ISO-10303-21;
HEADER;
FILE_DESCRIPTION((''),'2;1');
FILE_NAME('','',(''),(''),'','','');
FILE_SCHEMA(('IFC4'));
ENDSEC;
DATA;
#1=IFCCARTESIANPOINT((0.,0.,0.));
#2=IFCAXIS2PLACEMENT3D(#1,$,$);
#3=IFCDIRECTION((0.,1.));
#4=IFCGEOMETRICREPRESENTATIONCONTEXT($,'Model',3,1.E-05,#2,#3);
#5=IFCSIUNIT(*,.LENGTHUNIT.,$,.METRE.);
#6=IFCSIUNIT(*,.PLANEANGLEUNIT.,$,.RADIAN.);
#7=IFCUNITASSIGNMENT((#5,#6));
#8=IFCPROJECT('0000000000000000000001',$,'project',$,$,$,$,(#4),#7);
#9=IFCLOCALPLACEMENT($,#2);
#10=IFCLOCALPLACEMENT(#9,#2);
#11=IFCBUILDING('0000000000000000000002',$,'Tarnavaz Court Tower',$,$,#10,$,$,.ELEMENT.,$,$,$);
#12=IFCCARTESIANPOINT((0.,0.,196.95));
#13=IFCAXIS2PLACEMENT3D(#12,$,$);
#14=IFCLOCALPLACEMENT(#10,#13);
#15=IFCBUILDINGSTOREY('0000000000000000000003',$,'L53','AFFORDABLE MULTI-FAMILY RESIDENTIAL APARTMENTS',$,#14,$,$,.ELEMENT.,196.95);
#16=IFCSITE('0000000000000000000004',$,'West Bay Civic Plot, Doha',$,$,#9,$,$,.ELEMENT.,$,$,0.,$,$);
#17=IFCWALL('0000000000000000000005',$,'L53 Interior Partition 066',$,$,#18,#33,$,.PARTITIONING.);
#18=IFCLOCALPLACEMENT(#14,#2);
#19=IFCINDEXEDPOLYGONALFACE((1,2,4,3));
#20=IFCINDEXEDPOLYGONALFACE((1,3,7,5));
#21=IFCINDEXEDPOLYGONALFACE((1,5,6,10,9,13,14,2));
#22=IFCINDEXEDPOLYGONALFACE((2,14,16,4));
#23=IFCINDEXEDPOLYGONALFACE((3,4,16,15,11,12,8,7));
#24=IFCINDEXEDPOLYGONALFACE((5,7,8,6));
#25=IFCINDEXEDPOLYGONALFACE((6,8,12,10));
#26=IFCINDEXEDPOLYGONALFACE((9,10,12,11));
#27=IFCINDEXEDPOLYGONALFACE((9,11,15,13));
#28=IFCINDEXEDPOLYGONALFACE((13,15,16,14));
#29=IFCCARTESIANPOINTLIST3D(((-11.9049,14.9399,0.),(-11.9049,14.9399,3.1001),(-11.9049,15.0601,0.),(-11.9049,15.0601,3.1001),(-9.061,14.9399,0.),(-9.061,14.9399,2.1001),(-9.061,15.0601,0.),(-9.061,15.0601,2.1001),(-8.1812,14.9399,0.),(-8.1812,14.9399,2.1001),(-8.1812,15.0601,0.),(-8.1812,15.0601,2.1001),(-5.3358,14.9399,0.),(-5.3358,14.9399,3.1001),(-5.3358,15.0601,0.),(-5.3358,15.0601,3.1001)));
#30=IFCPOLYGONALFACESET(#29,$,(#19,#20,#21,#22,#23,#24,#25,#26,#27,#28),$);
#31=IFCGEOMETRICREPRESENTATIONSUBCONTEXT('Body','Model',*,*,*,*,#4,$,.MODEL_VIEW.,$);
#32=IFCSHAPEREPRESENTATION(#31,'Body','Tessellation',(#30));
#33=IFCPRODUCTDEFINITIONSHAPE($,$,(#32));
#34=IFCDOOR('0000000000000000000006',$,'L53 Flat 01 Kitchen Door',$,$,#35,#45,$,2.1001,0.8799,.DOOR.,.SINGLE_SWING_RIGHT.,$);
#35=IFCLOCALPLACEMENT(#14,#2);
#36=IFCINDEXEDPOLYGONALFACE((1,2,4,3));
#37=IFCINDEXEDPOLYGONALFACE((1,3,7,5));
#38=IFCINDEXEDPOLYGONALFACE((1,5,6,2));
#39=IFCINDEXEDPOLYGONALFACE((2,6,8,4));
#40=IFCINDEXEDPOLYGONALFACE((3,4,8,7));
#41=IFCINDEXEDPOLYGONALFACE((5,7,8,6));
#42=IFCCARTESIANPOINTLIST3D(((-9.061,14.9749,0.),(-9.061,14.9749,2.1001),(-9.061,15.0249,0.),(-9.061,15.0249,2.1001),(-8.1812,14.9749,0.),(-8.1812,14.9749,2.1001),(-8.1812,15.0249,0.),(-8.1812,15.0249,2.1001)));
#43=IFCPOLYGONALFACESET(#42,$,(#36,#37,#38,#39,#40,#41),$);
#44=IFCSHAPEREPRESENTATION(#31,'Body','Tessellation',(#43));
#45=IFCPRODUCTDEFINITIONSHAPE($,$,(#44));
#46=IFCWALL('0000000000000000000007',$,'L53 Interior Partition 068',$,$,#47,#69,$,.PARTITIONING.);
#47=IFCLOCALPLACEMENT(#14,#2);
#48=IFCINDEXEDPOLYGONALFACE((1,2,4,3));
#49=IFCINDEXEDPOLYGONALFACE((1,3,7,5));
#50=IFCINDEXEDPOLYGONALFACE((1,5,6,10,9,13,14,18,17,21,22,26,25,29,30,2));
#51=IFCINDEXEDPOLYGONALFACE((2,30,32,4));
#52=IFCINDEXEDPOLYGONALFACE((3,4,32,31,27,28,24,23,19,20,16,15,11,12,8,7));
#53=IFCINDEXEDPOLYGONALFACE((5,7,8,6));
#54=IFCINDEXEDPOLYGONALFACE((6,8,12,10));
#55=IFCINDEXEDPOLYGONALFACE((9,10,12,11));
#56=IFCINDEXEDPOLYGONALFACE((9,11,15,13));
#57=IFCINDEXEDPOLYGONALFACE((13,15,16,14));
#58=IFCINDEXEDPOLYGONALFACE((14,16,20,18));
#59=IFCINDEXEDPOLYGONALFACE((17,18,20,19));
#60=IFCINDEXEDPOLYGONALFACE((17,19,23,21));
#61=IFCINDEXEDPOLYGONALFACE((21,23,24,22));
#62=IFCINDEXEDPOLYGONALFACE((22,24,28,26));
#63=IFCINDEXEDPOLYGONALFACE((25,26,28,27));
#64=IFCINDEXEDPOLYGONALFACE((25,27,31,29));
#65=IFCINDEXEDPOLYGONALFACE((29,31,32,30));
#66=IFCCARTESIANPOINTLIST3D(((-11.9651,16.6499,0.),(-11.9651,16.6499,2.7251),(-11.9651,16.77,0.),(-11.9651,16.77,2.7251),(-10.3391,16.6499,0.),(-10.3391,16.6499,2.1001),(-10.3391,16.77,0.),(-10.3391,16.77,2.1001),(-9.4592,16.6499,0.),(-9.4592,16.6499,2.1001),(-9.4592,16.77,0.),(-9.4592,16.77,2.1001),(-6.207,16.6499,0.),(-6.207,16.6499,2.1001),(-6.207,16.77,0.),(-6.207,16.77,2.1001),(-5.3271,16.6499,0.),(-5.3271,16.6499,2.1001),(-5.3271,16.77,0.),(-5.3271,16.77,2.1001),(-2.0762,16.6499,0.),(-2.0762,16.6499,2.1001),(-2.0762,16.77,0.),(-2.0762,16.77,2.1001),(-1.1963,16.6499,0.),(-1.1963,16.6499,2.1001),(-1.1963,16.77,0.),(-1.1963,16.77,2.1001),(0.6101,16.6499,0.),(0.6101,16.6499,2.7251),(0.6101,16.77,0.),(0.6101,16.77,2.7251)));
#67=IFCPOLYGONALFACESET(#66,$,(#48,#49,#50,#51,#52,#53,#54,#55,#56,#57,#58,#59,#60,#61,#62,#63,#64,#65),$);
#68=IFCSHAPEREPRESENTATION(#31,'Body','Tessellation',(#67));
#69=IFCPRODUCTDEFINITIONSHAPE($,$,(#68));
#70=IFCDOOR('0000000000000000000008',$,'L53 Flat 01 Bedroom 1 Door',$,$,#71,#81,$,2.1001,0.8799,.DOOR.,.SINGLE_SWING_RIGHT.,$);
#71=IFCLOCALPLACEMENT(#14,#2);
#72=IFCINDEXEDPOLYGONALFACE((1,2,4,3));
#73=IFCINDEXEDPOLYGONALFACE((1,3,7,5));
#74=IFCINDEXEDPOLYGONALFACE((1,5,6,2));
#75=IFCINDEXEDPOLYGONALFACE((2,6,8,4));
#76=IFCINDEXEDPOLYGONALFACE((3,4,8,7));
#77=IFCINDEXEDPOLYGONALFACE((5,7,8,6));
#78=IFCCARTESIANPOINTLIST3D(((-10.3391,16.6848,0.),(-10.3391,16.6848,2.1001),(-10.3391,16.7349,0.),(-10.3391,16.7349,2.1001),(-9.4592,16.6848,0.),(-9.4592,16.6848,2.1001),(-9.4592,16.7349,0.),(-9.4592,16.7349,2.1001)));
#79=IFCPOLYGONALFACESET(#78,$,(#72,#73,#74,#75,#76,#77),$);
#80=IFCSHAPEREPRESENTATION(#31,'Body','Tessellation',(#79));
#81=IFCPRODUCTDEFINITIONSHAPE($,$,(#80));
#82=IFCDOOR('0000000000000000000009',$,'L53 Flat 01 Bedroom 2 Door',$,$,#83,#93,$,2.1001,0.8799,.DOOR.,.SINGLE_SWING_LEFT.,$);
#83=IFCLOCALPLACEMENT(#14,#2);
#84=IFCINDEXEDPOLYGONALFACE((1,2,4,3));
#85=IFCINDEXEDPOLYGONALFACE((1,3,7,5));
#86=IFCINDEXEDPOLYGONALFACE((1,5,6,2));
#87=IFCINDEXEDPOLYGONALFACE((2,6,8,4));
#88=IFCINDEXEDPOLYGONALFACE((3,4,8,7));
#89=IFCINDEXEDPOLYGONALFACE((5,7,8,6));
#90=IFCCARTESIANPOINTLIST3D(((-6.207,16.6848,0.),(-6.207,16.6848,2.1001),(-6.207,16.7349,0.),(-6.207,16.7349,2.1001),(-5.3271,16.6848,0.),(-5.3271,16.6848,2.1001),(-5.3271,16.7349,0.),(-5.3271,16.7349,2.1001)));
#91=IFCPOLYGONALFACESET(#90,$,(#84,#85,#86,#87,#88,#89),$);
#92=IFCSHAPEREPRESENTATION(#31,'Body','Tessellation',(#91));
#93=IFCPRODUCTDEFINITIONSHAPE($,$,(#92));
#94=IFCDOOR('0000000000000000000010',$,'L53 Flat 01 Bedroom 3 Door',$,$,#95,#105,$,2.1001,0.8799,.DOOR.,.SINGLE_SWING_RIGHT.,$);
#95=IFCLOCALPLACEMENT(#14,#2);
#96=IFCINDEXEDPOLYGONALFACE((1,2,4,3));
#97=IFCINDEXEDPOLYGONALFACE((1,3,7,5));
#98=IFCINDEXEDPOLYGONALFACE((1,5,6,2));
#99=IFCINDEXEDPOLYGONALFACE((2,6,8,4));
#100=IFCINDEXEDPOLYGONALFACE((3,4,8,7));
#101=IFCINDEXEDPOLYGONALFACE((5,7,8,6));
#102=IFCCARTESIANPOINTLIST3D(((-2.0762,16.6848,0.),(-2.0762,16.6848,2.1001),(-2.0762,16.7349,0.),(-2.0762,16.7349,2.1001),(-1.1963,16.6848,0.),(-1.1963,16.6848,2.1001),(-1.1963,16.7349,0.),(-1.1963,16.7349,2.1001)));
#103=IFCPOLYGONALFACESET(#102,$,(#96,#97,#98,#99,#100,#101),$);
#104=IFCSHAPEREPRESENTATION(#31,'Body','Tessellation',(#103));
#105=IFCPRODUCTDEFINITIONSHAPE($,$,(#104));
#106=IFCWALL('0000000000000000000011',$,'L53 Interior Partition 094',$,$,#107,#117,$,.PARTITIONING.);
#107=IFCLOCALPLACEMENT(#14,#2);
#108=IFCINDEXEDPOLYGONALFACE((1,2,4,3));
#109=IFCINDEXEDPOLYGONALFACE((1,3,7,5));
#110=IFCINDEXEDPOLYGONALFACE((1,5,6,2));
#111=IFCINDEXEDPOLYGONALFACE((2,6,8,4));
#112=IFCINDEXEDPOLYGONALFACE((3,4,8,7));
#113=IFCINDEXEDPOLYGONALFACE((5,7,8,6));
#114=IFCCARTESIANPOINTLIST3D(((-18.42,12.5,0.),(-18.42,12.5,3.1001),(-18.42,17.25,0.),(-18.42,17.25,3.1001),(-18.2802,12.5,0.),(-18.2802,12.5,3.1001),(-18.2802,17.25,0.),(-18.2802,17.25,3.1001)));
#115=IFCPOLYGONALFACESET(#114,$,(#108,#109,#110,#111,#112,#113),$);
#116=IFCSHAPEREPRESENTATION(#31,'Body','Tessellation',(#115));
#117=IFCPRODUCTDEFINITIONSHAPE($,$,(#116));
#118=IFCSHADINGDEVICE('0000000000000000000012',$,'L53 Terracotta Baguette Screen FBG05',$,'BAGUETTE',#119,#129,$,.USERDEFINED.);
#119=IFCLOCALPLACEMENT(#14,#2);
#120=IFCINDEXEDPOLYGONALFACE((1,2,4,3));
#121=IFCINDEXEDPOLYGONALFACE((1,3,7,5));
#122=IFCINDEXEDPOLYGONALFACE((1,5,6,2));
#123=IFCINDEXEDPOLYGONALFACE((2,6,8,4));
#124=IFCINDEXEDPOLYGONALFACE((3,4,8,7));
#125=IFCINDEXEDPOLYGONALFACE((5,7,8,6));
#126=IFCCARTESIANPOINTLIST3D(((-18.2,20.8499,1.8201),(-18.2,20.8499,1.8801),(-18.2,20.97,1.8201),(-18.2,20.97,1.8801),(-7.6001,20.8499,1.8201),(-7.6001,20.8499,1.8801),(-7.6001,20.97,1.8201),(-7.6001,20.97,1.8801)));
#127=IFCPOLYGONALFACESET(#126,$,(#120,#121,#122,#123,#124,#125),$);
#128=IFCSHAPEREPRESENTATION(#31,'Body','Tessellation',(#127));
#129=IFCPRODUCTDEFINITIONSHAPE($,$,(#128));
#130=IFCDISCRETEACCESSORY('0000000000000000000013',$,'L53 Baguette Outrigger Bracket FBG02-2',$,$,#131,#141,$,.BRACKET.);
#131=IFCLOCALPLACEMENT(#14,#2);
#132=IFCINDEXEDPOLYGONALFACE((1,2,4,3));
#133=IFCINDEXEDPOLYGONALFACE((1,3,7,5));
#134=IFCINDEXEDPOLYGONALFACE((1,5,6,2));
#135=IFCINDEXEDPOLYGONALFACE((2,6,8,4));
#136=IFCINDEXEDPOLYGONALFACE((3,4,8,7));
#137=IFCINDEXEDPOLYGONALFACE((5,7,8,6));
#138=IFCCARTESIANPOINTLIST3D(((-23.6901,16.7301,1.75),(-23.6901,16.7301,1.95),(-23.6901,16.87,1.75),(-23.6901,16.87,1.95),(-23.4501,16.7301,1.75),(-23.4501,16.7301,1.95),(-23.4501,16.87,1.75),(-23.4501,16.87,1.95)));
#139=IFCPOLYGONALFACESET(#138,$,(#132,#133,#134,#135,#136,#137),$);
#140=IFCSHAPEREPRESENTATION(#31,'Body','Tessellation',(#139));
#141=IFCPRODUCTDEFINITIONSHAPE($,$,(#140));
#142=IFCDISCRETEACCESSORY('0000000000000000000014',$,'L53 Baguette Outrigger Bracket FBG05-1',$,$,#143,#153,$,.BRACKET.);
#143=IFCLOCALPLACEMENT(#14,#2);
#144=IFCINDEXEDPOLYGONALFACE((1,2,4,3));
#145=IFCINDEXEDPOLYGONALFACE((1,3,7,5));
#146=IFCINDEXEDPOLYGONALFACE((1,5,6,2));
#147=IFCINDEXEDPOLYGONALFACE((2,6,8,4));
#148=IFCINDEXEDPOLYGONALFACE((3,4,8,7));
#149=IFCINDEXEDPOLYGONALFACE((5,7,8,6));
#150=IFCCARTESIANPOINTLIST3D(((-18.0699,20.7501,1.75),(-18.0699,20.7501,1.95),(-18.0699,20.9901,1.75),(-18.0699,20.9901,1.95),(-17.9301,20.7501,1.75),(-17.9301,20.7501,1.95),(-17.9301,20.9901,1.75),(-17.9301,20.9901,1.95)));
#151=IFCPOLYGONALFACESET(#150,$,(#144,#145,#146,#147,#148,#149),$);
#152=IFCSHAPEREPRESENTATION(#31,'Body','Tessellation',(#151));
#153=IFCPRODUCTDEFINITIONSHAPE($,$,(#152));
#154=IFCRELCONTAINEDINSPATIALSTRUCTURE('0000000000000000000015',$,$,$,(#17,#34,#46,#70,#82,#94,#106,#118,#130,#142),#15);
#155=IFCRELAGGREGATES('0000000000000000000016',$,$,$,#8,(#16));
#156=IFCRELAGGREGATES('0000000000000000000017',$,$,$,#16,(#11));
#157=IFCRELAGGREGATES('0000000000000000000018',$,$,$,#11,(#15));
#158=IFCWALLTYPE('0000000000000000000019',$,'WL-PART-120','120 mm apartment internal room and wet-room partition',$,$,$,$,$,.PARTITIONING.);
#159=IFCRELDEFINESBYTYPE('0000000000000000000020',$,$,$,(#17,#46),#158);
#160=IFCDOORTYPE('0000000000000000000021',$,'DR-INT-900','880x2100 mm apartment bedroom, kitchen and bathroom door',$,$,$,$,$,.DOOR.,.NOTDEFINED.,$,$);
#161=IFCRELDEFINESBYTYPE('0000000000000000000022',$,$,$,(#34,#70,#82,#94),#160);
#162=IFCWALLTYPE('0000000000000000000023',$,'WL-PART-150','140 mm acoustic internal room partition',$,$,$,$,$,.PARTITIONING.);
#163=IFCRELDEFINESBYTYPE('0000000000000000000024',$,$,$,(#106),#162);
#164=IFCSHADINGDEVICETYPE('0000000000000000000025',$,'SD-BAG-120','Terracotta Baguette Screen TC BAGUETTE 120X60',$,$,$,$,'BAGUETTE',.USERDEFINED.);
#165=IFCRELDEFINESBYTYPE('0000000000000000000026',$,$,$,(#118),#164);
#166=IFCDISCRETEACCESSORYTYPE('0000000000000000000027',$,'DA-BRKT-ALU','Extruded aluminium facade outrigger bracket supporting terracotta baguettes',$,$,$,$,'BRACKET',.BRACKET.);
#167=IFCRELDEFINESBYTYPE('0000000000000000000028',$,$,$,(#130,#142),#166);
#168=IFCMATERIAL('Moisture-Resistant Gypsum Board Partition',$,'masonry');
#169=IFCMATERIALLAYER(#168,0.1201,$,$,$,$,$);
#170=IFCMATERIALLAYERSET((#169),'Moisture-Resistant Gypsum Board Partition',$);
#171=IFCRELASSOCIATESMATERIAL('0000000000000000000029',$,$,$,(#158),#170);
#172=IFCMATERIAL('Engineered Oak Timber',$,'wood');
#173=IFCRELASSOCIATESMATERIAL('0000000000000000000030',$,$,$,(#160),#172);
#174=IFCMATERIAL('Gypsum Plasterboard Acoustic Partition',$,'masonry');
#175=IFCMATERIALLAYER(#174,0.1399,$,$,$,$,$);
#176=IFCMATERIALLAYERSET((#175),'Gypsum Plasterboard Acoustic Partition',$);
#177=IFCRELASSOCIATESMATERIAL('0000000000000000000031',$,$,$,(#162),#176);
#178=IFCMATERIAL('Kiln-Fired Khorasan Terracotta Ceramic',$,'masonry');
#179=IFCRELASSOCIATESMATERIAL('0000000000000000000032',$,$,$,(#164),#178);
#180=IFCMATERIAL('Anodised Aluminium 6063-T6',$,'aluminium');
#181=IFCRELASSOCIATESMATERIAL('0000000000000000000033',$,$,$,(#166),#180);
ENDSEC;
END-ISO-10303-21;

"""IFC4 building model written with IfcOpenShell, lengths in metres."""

from ifc_helpers import new_model, si_unit, direction, frame, frame_2d, origin, origin_2d, place, context, subcontext, project, spatial, rectangle, extrude, material, layer, layer_set, material_profile, profile_set, type_object, element, fill, save


model = new_model("IFC4")

# Units and contexts
model_context = context("Model", 3, precision=1e-05, world=origin(), true_north=direction((0.0, 1.0)))
body_context = subcontext(model_context, "Body", "Model", "MODEL_VIEW")
ifc_project = project(units=[si_unit("LENGTHUNIT", "METRE"), si_unit("PLANEANGLEUNIT", "RADIAN")], contexts=[model_context])

# Site, building, storey
site_placement = place(None, origin())
site = spatial("IfcSite", under=ifc_project, at=site_placement, Name="West Bay Civic Plot, Doha", CompositionType="ELEMENT", RefElevation=0.0)
building_placement = place(site_placement, origin())
building = spatial("IfcBuilding", under=site, at=building_placement, Name="Tarnavaz Court Tower", CompositionType="ELEMENT")
storey_placement = place(building_placement, frame((0.0, 0.0, 196.95)))
storey = spatial("IfcBuildingStorey", under=building, at=storey_placement, Name="L53", Description="AFFORDABLE MULTI-FAMILY RESIDENTIAL APARTMENTS", CompositionType="ELEMENT", Elevation=196.95)

# Wall, opening, door
ifc_material_1 = material(Name="Moisture-Resistant Gypsum Board Partition", Category="masonry")
ifc_layer_1 = layer(ifc_material_1, 0.1201)
ifc_layer_set_1 = layer_set([ifc_layer_1], Name="Moisture-Resistant Gypsum Board Partition")
wall_type_1 = type_object("IfcWallType", Name="WL-PART-120", Description="120 mm apartment internal room and wet-room partition", PredefinedType="PARTITIONING", material=ifc_layer_set_1)
wall_1_placement = place(storey_placement, frame((-11.905, 15.0, 0.0), z_axis=(0.0, 0.0, 1.0), x_axis=(1.0, 0.0, 0.0)))
wall_1 = element("IfcWall", 1, at=wall_1_placement, inside=storey, type_object=wall_type_1, Name="L53 Interior Partition 066", PredefinedType="PARTITIONING", context=body_context, shape_type="SweptSolid", body=[
    extrude(rectangle(XDim=6.5691, YDim=0.1201, at=frame_2d((3.2847, 0.0))), origin(), (0.0, 0.0, 1.0), 3.1001),
])
opening_1_placement = place(wall_1_placement, frame((2.844, 0.0, 0.0)))
opening_1 = element("IfcOpeningElement", 2, at=opening_1_placement, cuts=wall_1, PredefinedType="OPENING", context=body_context, shape_type="SweptSolid", body=[
    extrude(rectangle(XDim=0.8799, YDim=2.1001, at=frame_2d((0.4399, 1.05))), frame((0.0, 0.0701, 0.0), z_axis=(0.0, -1.0, 0.0), x_axis=(1.0, 0.0, 0.0)), (0.0, 0.0, 1.0), 0.1401),
])
ifc_material_2 = material(Name="Engineered Oak Timber", Category="wood")
door_type_1 = type_object("IfcDoorType", Name="DR-INT-900", Description="880x2100 mm apartment bedroom, kitchen and bathroom door", OperationType="NOTDEFINED", PredefinedType="DOOR", material=ifc_material_2)
door_1_placement = place(opening_1_placement, origin())
door_1 = element("IfcDoor", 3, at=door_1_placement, inside=storey, type_object=door_type_1, Name="L53 Flat 01 Kitchen Door", OperationType="SINGLE_SWING_RIGHT", OverallHeight=2.1001, OverallWidth=0.8799, PredefinedType="DOOR", context=body_context, shape_type="SweptSolid", body=[
    extrude(rectangle(XDim=0.8799, YDim=2.1001, at=frame_2d((0.4399, 1.05))), frame((0.0, 0.0249, 0.0), z_axis=(0.0, -1.0, 0.0), x_axis=(1.0, 0.0, 0.0)), (0.0, 0.0, 1.0), 0.05),
])
fill(opening_1, door_1)

# Wall, openings, doors
wall_2_placement = place(storey_placement, frame((-11.9651, 16.71, 0.0), z_axis=(0.0, 0.0, 1.0), x_axis=(1.0, 0.0, 0.0)))
wall_2 = element("IfcWall", 4, at=wall_2_placement, inside=storey, type_object=wall_type_1, Name="L53 Interior Partition 068", PredefinedType="PARTITIONING", context=body_context, shape_type="SweptSolid", body=[
    extrude(rectangle(XDim=12.5752, YDim=0.1201, at=frame_2d((6.2876, 0.0))), origin(), (0.0, 0.0, 1.0), 2.7251),
])
opening_2_placement = place(wall_2_placement, frame((1.626, 0.0, 0.0)))
opening_2 = element("IfcOpeningElement", 5, at=opening_2_placement, cuts=wall_2, PredefinedType="OPENING", context=body_context, shape_type="SweptSolid", body=[
    extrude(rectangle(XDim=0.8799, YDim=2.1001, at=frame_2d((0.4399, 1.05))), frame((0.0, 0.0701, 0.0), z_axis=(0.0, -1.0, 0.0), x_axis=(1.0, 0.0, 0.0)), (0.0, 0.0, 1.0), 0.1401),
])
opening_3_placement = place(wall_2_placement, frame((5.7581, 0.0, 0.0)))
opening_3 = element("IfcOpeningElement", 6, at=opening_3_placement, cuts=wall_2, PredefinedType="OPENING", context=body_context, shape_type="SweptSolid", body=[
    extrude(rectangle(XDim=0.8799, YDim=2.1001, at=frame_2d((0.4399, 1.05))), frame((0.0, 0.0701, 0.0), z_axis=(0.0, -1.0, 0.0), x_axis=(1.0, 0.0, 0.0)), (0.0, 0.0, 1.0), 0.1401),
])
opening_4_placement = place(wall_2_placement, frame((9.8889, 0.0, 0.0)))
opening_4 = element("IfcOpeningElement", 7, at=opening_4_placement, cuts=wall_2, PredefinedType="OPENING", context=body_context, shape_type="SweptSolid", body=[
    extrude(rectangle(XDim=0.8799, YDim=2.1001, at=frame_2d((0.4399, 1.05))), frame((0.0, 0.0701, 0.0), z_axis=(0.0, -1.0, 0.0), x_axis=(1.0, 0.0, 0.0)), (0.0, 0.0, 1.0), 0.1401),
])
door_2_placement = place(opening_2_placement, origin())
door_2 = element("IfcDoor", 8, at=door_2_placement, inside=storey, type_object=door_type_1, Name="L53 Flat 01 Bedroom 1 Door", OperationType="SINGLE_SWING_RIGHT", OverallHeight=2.1001, OverallWidth=0.8799, PredefinedType="DOOR", context=body_context, shape_type="SweptSolid", body=[
    extrude(rectangle(XDim=0.8799, YDim=2.1001, at=frame_2d((0.4399, 1.05))), frame((0.0, 0.0249, 0.0), z_axis=(0.0, -1.0, 0.0), x_axis=(1.0, 0.0, 0.0)), (0.0, 0.0, 1.0), 0.05),
])
fill(opening_2, door_2)
door_3_placement = place(opening_3_placement, origin())
door_3 = element("IfcDoor", 9, at=door_3_placement, inside=storey, type_object=door_type_1, Name="L53 Flat 01 Bedroom 2 Door", OperationType="SINGLE_SWING_LEFT", OverallHeight=2.1001, OverallWidth=0.8799, PredefinedType="DOOR", context=body_context, shape_type="SweptSolid", body=[
    extrude(rectangle(XDim=0.8799, YDim=2.1001, at=frame_2d((0.4399, 1.05))), frame((0.0, 0.0249, 0.0), z_axis=(0.0, -1.0, 0.0), x_axis=(1.0, 0.0, 0.0)), (0.0, 0.0, 1.0), 0.05),
])
fill(opening_3, door_3)
door_4_placement = place(opening_4_placement, origin())
door_4 = element("IfcDoor", 10, at=door_4_placement, inside=storey, type_object=door_type_1, Name="L53 Flat 01 Bedroom 3 Door", OperationType="SINGLE_SWING_RIGHT", OverallHeight=2.1001, OverallWidth=0.8799, PredefinedType="DOOR", context=body_context, shape_type="SweptSolid", body=[
    extrude(rectangle(XDim=0.8799, YDim=2.1001, at=frame_2d((0.4399, 1.05))), frame((0.0, 0.0249, 0.0), z_axis=(0.0, -1.0, 0.0), x_axis=(1.0, 0.0, 0.0)), (0.0, 0.0, 1.0), 0.05),
])
fill(opening_4, door_4)

# Wall
ifc_material_3 = material(Name="Gypsum Plasterboard Acoustic Partition", Category="masonry")
ifc_layer_2 = layer(ifc_material_3, 0.1399)
ifc_layer_set_2 = layer_set([ifc_layer_2], Name="Gypsum Plasterboard Acoustic Partition")
wall_type_2 = type_object("IfcWallType", Name="WL-PART-150", Description="140 mm acoustic internal room partition", PredefinedType="PARTITIONING", material=ifc_layer_set_2)
wall_3_placement = place(storey_placement, frame((-18.3501, 12.5, 0.0), z_axis=(0.0, 0.0, 1.0), x_axis=(0.0, 1.0, 0.0)))
element("IfcWall", 11, at=wall_3_placement, inside=storey, type_object=wall_type_2, Name="L53 Interior Partition 094", PredefinedType="PARTITIONING", context=body_context, shape_type="SweptSolid", body=[
    extrude(rectangle(XDim=4.75, YDim=0.1399, at=frame_2d((2.375, 0.0))), origin(), (0.0, 0.0, 1.0), 3.1001),
])

# Shading device
ifc_material_4 = material(Name="Kiln-Fired Khorasan Terracotta Ceramic", Category="masonry")
ifc_material_profile_1 = material_profile(ifc_material_4, rectangle(XDim=0.1201, YDim=0.0601, at=origin_2d()), Name="TC BAGUETTE 120X60")
ifc_profile_set_1 = profile_set([ifc_material_profile_1], Name="Kiln-Fired Khorasan Terracotta Ceramic")
shading_device_type = type_object("IfcShadingDeviceType", Name="SD-BAG-120", Description="Terracotta Baguette Screen TC BAGUETTE 120X60", ElementType="BAGUETTE", PredefinedType="USERDEFINED", material=ifc_profile_set_1)
shading_device_placement = place(storey_placement, frame((-18.2, 20.9099, 1.8501), z_axis=(1.0, 0.0, 0.0), x_axis=(0.0, 1.0, 0.0)))
element("IfcShadingDevice", 12, at=shading_device_placement, inside=storey, type_object=shading_device_type, Name="L53 Terracotta Baguette Screen FBG05", ObjectType="BAGUETTE", PredefinedType="USERDEFINED", context=body_context, shape_type="SweptSolid", body=[
    extrude(rectangle(XDim=0.1201, YDim=0.0601, at=origin_2d()), origin(), (0.0, 0.0, 1.0), 10.5999),
])

# Discrete accessories
ifc_material_5 = material(Name="Anodised Aluminium 6063-T6", Category="aluminium")
discrete_accessory_type = type_object("IfcDiscreteAccessoryType", Name="DA-BRKT-ALU", Description="Extruded aluminium facade outrigger bracket supporting terracotta baguettes", ElementType="BRACKET", PredefinedType="BRACKET", material=ifc_material_5)
for number, where, z_axis, x_axis, name in (
    (13, (-23.5701, 16.8, 1.75), (0.0, 0.0, 1.0), (0.0, 1.0, 0.0), "L53 Baguette Outrigger Bracket FBG02-2"),
    (14, (-18.0, 20.8701, 1.75), (0.0, 0.0, 1.0), (1.0, 0.0, 0.0), "L53 Baguette Outrigger Bracket FBG05-1"),
):
    element("IfcDiscreteAccessory", number, at=place(storey_placement, frame(where, z_axis=z_axis, x_axis=x_axis)), inside=storey, type_object=discrete_accessory_type, Name=name, PredefinedType="BRACKET", context=body_context, shape_type="SweptSolid", body=[
        extrude(rectangle(XDim=0.1399, YDim=0.24, at=origin_2d()), origin(), (0.0, 0.0, 1.0), 0.2),
    ])

save(model, "model.ifc")
